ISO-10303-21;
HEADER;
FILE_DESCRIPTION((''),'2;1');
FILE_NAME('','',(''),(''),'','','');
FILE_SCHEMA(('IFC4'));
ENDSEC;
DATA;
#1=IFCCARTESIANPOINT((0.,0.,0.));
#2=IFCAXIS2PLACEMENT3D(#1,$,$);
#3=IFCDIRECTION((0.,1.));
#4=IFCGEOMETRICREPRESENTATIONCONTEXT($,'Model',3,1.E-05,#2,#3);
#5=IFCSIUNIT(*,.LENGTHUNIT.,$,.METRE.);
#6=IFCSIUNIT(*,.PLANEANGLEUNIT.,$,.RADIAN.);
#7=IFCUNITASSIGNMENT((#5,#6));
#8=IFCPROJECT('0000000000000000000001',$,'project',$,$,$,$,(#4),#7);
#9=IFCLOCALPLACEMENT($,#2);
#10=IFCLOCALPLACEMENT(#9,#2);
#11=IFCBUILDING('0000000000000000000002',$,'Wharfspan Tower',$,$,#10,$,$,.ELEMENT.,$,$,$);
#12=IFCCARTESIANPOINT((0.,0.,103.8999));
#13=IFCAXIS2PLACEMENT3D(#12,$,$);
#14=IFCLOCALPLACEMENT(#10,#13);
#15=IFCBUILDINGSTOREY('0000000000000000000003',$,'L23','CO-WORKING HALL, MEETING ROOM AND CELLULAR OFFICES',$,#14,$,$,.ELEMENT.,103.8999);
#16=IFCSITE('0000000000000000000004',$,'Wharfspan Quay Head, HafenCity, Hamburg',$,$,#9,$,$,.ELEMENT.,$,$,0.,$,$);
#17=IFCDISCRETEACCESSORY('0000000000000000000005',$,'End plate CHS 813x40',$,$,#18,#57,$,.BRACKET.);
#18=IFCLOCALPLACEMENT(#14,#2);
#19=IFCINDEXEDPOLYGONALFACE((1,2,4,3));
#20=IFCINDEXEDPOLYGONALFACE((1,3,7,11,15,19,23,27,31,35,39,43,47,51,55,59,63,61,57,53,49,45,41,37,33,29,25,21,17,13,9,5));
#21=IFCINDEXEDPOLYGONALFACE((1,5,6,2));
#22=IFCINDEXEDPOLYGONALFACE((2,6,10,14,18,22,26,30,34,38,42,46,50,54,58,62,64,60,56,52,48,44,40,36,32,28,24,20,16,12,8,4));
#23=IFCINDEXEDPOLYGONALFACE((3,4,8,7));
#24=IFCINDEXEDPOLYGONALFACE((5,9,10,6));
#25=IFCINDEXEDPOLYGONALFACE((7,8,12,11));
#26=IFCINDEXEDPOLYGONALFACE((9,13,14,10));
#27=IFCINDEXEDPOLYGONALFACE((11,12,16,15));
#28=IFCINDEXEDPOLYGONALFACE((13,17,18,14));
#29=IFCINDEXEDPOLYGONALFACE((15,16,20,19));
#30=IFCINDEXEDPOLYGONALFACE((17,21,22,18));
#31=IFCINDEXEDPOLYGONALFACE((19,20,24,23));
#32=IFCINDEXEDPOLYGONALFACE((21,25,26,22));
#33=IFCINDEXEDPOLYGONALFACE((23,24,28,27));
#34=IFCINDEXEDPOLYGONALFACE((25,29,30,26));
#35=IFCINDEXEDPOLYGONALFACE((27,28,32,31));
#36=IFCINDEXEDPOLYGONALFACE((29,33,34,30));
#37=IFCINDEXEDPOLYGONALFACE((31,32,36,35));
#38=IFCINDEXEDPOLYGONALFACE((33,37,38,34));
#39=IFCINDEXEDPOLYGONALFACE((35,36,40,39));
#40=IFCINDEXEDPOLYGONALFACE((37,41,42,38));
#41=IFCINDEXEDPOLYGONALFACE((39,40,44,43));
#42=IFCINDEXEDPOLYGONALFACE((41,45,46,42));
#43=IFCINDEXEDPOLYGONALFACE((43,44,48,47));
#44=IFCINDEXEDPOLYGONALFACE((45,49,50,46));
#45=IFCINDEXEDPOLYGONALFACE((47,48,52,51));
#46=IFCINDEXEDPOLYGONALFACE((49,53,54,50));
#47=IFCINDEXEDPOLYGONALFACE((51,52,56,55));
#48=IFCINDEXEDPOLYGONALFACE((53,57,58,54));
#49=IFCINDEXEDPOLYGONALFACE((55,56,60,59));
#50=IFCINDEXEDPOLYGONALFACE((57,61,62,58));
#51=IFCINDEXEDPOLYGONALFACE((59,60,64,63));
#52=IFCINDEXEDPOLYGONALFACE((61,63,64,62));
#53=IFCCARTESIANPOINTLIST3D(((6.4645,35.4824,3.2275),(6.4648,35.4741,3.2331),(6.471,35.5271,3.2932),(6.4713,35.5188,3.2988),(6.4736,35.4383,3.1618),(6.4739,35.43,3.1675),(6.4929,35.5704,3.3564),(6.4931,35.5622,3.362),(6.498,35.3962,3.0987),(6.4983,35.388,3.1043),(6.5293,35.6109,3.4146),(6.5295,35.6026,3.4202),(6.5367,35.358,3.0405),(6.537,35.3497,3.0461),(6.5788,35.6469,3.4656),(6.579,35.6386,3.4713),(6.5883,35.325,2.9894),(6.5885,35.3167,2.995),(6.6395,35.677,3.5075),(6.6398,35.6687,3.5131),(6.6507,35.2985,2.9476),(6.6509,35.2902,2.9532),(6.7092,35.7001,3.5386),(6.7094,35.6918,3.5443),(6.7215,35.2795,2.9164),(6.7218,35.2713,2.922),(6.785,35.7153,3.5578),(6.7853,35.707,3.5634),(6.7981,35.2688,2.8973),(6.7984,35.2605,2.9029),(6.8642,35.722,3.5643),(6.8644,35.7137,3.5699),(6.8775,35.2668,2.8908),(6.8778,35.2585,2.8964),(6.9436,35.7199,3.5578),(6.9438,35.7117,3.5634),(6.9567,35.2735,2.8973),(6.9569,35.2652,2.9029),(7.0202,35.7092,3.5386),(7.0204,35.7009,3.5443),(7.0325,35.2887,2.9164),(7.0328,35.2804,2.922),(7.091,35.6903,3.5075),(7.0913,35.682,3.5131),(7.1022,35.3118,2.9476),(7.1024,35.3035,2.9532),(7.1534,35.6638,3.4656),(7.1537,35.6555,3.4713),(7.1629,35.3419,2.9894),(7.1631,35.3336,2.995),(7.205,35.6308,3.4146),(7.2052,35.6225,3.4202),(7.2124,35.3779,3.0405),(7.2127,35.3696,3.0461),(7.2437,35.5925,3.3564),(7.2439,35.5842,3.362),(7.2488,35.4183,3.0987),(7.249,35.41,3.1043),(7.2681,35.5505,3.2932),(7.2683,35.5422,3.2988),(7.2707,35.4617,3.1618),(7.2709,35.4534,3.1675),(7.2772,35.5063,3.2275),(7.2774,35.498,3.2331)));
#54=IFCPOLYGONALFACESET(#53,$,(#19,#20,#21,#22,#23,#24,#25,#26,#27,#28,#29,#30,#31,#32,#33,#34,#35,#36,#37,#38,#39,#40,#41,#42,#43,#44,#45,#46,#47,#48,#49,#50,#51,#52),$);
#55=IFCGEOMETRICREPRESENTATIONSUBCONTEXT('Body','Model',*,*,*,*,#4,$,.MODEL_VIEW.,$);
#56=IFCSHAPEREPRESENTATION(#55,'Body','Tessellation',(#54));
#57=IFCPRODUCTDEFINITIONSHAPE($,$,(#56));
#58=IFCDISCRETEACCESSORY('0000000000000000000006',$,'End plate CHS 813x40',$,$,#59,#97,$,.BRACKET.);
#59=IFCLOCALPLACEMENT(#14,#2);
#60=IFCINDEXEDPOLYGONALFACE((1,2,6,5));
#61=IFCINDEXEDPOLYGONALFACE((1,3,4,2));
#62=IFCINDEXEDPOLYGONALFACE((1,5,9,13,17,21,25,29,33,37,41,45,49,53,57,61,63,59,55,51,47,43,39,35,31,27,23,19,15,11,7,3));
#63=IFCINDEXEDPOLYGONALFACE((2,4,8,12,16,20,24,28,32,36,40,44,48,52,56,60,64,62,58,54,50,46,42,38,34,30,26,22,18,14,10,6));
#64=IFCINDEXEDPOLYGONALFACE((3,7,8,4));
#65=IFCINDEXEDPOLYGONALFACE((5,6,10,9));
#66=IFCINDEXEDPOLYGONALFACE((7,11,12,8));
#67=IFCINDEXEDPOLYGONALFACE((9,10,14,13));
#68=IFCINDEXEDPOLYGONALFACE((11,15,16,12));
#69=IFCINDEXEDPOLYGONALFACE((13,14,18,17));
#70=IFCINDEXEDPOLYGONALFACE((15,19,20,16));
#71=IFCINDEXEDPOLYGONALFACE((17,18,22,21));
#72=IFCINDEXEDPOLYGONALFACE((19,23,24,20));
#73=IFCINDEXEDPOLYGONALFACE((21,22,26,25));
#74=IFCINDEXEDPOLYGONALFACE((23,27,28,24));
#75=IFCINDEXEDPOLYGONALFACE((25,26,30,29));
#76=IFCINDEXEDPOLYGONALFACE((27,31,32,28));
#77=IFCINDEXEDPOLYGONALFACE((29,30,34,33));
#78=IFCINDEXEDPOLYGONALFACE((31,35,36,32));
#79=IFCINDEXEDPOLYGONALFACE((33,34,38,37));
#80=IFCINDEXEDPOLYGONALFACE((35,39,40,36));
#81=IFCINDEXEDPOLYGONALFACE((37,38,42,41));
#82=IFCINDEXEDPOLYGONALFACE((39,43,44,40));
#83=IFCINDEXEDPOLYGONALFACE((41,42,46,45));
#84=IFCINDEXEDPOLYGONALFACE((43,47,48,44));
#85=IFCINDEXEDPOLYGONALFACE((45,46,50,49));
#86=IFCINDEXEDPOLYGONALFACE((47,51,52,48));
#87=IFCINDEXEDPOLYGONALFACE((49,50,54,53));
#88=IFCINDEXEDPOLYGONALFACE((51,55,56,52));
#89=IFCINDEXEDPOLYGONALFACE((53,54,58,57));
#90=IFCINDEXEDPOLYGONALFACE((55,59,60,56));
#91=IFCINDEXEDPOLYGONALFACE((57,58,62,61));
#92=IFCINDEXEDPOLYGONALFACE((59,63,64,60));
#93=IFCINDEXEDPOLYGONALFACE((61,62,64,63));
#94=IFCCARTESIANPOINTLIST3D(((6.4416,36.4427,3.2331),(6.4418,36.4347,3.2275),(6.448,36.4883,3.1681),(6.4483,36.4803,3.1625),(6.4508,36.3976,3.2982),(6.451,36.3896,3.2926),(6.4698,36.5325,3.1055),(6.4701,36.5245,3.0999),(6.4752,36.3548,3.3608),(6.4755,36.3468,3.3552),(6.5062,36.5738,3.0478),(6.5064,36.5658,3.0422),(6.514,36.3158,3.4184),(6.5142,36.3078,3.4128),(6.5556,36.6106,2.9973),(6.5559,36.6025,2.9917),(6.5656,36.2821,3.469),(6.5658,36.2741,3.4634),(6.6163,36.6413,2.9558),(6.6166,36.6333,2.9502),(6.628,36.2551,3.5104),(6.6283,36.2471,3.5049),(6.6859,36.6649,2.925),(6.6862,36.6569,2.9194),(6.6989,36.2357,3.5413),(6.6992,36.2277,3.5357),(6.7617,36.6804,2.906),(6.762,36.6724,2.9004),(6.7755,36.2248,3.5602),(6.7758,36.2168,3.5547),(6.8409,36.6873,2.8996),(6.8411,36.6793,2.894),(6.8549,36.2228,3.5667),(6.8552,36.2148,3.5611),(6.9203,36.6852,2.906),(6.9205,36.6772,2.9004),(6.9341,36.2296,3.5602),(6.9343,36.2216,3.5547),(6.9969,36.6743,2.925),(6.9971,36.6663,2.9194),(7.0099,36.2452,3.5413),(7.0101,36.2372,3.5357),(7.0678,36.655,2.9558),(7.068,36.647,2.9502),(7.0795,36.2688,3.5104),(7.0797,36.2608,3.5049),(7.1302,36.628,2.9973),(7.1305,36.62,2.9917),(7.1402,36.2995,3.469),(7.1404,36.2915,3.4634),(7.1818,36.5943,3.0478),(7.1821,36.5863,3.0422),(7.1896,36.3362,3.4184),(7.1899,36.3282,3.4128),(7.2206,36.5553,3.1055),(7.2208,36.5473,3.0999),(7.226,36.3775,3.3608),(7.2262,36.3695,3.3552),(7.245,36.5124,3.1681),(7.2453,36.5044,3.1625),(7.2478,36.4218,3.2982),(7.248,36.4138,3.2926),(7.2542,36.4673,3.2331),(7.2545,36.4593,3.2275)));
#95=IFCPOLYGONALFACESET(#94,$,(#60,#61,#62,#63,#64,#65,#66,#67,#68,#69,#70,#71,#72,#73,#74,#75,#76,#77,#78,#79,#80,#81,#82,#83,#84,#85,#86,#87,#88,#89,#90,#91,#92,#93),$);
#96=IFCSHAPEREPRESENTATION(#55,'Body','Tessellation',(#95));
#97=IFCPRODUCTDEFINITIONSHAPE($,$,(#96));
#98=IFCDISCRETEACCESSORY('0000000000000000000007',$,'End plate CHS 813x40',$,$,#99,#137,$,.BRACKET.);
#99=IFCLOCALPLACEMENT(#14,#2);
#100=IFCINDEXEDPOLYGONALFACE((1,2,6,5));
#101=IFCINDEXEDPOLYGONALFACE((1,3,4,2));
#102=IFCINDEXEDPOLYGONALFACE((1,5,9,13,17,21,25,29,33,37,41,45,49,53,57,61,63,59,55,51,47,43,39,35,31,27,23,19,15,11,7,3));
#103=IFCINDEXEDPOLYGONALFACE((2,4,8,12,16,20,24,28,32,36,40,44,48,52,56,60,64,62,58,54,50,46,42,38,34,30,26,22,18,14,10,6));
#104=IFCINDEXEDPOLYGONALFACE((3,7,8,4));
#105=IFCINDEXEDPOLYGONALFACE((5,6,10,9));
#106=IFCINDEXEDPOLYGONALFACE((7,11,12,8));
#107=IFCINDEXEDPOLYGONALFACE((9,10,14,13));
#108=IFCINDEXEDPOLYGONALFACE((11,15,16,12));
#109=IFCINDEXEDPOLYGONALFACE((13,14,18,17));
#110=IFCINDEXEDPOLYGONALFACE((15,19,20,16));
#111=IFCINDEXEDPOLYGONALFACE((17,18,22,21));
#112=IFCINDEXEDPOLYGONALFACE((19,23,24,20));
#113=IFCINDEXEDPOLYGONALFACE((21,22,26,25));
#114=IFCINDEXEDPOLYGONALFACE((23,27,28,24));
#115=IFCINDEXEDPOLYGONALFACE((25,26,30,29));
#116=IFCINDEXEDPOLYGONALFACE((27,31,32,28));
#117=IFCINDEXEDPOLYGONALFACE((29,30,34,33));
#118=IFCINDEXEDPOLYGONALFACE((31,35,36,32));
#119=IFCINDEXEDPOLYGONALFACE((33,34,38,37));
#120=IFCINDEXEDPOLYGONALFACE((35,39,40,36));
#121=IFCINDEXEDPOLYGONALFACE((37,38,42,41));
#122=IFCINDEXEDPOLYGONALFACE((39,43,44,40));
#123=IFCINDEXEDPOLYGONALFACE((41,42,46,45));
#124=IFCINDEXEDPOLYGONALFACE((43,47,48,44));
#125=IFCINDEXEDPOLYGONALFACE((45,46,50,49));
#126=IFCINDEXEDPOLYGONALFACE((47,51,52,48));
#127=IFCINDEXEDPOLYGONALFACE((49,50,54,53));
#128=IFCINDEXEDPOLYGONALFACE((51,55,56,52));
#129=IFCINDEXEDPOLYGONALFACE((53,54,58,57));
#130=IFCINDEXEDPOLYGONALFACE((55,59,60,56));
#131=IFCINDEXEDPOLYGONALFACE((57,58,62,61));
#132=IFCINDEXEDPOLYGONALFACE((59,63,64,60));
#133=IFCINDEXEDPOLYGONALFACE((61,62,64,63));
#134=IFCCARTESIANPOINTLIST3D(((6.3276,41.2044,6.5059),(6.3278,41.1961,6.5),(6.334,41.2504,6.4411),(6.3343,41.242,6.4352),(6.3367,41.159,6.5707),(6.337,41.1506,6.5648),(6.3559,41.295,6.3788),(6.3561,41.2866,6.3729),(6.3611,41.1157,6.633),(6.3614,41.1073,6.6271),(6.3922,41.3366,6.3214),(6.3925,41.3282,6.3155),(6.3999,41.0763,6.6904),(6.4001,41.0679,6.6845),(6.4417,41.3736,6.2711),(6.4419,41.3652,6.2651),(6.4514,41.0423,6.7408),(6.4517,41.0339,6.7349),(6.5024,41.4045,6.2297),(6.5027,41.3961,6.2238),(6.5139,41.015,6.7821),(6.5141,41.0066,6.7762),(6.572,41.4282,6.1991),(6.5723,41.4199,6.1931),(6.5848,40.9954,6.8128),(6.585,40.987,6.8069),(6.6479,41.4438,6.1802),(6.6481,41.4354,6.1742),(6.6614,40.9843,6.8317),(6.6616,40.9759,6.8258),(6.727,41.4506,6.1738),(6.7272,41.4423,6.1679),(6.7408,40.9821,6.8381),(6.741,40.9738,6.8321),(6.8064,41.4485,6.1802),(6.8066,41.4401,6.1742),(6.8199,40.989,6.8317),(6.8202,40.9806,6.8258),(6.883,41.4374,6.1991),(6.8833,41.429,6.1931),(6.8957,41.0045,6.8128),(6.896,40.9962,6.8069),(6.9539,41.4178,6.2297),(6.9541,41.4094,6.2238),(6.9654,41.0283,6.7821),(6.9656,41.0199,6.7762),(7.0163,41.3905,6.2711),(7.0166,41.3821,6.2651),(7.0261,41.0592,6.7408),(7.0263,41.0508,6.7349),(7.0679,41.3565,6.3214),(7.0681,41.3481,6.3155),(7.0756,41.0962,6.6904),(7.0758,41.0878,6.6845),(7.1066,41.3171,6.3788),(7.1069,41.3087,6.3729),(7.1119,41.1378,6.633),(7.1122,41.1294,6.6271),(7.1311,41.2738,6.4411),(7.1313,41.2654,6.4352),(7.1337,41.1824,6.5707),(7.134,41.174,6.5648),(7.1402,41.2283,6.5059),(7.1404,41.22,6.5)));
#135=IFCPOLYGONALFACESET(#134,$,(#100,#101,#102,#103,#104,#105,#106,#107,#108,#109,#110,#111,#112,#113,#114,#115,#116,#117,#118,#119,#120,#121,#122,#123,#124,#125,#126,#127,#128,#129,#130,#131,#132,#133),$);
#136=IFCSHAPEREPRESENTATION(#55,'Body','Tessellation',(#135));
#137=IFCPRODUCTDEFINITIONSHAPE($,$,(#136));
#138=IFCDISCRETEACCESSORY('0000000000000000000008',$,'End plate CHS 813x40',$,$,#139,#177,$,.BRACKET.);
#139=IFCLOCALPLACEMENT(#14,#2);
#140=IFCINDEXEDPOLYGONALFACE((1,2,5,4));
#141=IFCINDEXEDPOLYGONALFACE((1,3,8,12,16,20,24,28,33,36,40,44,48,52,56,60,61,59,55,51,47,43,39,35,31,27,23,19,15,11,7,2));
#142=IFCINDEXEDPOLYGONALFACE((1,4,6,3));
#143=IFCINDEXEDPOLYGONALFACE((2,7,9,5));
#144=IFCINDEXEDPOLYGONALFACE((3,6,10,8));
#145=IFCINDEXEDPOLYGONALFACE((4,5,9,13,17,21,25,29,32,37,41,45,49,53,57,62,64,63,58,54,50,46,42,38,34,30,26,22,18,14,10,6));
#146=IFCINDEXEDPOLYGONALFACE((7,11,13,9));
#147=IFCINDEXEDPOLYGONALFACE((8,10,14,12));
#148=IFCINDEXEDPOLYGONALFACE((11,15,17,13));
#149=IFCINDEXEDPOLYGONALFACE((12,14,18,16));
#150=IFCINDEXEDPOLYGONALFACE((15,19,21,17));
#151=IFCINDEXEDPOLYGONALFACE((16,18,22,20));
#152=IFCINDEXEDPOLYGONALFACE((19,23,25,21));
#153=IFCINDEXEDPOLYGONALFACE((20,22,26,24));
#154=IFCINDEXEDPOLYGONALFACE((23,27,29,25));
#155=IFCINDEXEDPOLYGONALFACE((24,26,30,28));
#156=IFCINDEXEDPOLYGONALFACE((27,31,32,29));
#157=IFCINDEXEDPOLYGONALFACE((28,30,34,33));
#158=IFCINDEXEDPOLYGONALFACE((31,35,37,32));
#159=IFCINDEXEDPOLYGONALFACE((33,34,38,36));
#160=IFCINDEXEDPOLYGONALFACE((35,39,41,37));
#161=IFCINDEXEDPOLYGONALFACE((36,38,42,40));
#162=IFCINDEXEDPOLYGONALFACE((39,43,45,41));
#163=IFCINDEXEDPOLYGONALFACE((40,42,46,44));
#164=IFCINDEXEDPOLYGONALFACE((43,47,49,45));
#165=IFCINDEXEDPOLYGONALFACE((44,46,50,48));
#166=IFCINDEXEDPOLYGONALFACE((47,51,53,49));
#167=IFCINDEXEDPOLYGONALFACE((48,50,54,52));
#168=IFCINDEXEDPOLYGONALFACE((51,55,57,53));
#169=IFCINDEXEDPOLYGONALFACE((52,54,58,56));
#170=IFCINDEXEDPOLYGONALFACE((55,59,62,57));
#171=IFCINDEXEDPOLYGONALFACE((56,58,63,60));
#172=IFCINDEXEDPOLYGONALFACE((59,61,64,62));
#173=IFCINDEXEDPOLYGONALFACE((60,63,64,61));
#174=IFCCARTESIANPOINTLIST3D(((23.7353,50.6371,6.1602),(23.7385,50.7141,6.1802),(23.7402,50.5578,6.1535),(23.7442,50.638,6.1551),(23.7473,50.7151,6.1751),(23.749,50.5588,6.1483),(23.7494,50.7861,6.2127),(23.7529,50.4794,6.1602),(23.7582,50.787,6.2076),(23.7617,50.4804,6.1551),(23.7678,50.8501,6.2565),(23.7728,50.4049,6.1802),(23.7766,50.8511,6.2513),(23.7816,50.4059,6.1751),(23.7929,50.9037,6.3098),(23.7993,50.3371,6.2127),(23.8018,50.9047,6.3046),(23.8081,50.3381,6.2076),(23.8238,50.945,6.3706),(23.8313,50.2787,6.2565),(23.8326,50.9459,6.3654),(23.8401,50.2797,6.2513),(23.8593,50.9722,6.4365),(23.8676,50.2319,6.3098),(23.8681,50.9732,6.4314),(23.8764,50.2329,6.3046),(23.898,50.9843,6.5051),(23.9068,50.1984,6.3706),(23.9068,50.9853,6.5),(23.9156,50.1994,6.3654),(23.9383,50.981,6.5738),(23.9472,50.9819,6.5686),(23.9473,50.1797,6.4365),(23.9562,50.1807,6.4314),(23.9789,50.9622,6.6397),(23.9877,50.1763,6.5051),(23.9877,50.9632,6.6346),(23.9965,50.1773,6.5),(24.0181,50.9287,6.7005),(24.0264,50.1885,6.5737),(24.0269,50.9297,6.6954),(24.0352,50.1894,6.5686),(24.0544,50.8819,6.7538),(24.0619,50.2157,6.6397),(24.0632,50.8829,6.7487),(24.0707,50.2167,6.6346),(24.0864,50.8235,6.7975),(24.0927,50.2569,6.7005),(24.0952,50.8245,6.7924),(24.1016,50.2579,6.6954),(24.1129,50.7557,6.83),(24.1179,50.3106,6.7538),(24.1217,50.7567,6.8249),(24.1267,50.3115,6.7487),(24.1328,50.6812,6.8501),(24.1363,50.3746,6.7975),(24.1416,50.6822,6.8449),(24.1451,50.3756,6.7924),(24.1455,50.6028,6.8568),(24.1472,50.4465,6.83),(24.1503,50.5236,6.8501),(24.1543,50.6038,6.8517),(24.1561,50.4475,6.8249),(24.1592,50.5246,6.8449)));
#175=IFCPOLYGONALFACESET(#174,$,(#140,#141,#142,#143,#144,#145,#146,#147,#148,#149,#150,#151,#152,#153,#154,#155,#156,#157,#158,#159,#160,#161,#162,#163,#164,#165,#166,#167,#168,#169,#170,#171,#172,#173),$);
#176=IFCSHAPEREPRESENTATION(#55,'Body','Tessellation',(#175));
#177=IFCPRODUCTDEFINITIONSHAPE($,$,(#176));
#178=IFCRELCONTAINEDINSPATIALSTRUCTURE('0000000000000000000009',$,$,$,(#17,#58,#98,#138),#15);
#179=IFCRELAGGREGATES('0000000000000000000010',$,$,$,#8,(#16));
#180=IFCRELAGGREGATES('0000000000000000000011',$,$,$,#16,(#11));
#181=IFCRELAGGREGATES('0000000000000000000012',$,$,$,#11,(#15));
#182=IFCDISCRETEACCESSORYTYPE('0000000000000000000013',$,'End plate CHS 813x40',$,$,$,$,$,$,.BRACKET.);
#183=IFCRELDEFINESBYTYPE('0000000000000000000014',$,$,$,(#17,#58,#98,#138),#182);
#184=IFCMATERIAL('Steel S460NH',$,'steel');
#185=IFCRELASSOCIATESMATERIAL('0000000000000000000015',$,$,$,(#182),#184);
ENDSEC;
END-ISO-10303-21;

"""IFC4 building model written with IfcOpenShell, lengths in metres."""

from ifc_helpers import new_model, si_unit, direction, frame, origin, origin_2d, place, context, subcontext, project, spatial, circle, extrude, material, material_profile, profile_set, type_object, element, save


model = new_model("IFC4")

# Units and contexts
model_context = context("Model", 3, precision=1e-05, world=origin(), true_north=direction((0.0, 1.0)))
body_context = subcontext(model_context, "Body", "Model", "MODEL_VIEW")
ifc_project = project(units=[si_unit("LENGTHUNIT", "METRE"), si_unit("PLANEANGLEUNIT", "RADIAN")], contexts=[model_context])

# Site, building, storey
site_placement = place(None, origin())
site = spatial("IfcSite", under=ifc_project, at=site_placement, Name="Wharfspan Quay Head, HafenCity, Hamburg", CompositionType="ELEMENT", RefElevation=0.0)
building_placement = place(site_placement, origin())
building = spatial("IfcBuilding", under=site, at=building_placement, Name="Wharfspan Tower", CompositionType="ELEMENT")
storey_placement = place(building_placement, frame((0.0, 0.0, 103.8999)))
storey = spatial("IfcBuildingStorey", under=building, at=storey_placement, Name="L23", Description="CO-WORKING HALL, MEETING ROOM AND CELLULAR OFFICES", CompositionType="ELEMENT", Elevation=103.8999)

# Shared definitions
ifc_material_1 = material(Name="Steel S460NH", Category="steel")

# Discrete accessories
ifc_material_profile_1 = material_profile(ifc_material_1, circle(Radius=0.4065, at=origin_2d()))
ifc_profile_set_1 = profile_set([ifc_material_profile_1], Name="Steel S460NH")
discrete_accessory_type = type_object("IfcDiscreteAccessoryType", Name="End plate CHS 813x40", PredefinedType="BRACKET", material=ifc_profile_set_1)
discrete_accessory_1_placement = place(storey_placement, frame((6.8708, 35.4944, 3.2275), z_axis=(0.024354, -0.828038, 0.560143), x_axis=(0.999568, 0.029399, 0.0)))
element("IfcDiscreteAccessory", 1, at=discrete_accessory_1_placement, inside=storey, type_object=discrete_accessory_type, Name="End plate CHS 813x40", PredefinedType="BRACKET", context=body_context, shape_type="SweptSolid", body=[
    extrude(circle(Radius=0.4065, at=origin_2d()), origin(), (0.0, 0.0, 1.0), 0.01),
])
discrete_accessory_2_placement = place(storey_placement, frame((6.8481, 36.447, 3.2275), z_axis=(-0.024853, 0.820145, 0.571616), x_axis=(-0.999542, -0.03029, 0.000001)))
element("IfcDiscreteAccessory", 2, at=discrete_accessory_2_placement, inside=storey, type_object=discrete_accessory_type, Name="End plate CHS 813x40", PredefinedType="BRACKET", context=body_context, shape_type="SweptSolid", body=[
    extrude(circle(Radius=0.4065, at=origin_2d()), origin(), (0.0, 0.0, 1.0), 0.0098),
])
for number, where, z_axis, x_axis, name in (
    (3, (6.7341, 41.208, 6.5), (-0.024022, 0.816732, 0.576517), (-0.99957, -0.029399, -0.000001), "End plate CHS 813x40"),
    (4, (23.9517, 50.5813, 6.5), (-0.859828, -0.095536, 0.501566), (0.11043, -0.99388, -0.000001), "End plate CHS 813x40"),
):
    element("IfcDiscreteAccessory", number, at=place(storey_placement, frame(where, z_axis=z_axis, x_axis=x_axis)), inside=storey, type_object=discrete_accessory_type, Name=name, PredefinedType="BRACKET", context=body_context, shape_type="SweptSolid", body=[
        extrude(circle(Radius=0.4065, at=origin_2d()), origin(), (0.0, 0.0, 1.0), 0.0103),
    ])

save(model, "model.ifc")
